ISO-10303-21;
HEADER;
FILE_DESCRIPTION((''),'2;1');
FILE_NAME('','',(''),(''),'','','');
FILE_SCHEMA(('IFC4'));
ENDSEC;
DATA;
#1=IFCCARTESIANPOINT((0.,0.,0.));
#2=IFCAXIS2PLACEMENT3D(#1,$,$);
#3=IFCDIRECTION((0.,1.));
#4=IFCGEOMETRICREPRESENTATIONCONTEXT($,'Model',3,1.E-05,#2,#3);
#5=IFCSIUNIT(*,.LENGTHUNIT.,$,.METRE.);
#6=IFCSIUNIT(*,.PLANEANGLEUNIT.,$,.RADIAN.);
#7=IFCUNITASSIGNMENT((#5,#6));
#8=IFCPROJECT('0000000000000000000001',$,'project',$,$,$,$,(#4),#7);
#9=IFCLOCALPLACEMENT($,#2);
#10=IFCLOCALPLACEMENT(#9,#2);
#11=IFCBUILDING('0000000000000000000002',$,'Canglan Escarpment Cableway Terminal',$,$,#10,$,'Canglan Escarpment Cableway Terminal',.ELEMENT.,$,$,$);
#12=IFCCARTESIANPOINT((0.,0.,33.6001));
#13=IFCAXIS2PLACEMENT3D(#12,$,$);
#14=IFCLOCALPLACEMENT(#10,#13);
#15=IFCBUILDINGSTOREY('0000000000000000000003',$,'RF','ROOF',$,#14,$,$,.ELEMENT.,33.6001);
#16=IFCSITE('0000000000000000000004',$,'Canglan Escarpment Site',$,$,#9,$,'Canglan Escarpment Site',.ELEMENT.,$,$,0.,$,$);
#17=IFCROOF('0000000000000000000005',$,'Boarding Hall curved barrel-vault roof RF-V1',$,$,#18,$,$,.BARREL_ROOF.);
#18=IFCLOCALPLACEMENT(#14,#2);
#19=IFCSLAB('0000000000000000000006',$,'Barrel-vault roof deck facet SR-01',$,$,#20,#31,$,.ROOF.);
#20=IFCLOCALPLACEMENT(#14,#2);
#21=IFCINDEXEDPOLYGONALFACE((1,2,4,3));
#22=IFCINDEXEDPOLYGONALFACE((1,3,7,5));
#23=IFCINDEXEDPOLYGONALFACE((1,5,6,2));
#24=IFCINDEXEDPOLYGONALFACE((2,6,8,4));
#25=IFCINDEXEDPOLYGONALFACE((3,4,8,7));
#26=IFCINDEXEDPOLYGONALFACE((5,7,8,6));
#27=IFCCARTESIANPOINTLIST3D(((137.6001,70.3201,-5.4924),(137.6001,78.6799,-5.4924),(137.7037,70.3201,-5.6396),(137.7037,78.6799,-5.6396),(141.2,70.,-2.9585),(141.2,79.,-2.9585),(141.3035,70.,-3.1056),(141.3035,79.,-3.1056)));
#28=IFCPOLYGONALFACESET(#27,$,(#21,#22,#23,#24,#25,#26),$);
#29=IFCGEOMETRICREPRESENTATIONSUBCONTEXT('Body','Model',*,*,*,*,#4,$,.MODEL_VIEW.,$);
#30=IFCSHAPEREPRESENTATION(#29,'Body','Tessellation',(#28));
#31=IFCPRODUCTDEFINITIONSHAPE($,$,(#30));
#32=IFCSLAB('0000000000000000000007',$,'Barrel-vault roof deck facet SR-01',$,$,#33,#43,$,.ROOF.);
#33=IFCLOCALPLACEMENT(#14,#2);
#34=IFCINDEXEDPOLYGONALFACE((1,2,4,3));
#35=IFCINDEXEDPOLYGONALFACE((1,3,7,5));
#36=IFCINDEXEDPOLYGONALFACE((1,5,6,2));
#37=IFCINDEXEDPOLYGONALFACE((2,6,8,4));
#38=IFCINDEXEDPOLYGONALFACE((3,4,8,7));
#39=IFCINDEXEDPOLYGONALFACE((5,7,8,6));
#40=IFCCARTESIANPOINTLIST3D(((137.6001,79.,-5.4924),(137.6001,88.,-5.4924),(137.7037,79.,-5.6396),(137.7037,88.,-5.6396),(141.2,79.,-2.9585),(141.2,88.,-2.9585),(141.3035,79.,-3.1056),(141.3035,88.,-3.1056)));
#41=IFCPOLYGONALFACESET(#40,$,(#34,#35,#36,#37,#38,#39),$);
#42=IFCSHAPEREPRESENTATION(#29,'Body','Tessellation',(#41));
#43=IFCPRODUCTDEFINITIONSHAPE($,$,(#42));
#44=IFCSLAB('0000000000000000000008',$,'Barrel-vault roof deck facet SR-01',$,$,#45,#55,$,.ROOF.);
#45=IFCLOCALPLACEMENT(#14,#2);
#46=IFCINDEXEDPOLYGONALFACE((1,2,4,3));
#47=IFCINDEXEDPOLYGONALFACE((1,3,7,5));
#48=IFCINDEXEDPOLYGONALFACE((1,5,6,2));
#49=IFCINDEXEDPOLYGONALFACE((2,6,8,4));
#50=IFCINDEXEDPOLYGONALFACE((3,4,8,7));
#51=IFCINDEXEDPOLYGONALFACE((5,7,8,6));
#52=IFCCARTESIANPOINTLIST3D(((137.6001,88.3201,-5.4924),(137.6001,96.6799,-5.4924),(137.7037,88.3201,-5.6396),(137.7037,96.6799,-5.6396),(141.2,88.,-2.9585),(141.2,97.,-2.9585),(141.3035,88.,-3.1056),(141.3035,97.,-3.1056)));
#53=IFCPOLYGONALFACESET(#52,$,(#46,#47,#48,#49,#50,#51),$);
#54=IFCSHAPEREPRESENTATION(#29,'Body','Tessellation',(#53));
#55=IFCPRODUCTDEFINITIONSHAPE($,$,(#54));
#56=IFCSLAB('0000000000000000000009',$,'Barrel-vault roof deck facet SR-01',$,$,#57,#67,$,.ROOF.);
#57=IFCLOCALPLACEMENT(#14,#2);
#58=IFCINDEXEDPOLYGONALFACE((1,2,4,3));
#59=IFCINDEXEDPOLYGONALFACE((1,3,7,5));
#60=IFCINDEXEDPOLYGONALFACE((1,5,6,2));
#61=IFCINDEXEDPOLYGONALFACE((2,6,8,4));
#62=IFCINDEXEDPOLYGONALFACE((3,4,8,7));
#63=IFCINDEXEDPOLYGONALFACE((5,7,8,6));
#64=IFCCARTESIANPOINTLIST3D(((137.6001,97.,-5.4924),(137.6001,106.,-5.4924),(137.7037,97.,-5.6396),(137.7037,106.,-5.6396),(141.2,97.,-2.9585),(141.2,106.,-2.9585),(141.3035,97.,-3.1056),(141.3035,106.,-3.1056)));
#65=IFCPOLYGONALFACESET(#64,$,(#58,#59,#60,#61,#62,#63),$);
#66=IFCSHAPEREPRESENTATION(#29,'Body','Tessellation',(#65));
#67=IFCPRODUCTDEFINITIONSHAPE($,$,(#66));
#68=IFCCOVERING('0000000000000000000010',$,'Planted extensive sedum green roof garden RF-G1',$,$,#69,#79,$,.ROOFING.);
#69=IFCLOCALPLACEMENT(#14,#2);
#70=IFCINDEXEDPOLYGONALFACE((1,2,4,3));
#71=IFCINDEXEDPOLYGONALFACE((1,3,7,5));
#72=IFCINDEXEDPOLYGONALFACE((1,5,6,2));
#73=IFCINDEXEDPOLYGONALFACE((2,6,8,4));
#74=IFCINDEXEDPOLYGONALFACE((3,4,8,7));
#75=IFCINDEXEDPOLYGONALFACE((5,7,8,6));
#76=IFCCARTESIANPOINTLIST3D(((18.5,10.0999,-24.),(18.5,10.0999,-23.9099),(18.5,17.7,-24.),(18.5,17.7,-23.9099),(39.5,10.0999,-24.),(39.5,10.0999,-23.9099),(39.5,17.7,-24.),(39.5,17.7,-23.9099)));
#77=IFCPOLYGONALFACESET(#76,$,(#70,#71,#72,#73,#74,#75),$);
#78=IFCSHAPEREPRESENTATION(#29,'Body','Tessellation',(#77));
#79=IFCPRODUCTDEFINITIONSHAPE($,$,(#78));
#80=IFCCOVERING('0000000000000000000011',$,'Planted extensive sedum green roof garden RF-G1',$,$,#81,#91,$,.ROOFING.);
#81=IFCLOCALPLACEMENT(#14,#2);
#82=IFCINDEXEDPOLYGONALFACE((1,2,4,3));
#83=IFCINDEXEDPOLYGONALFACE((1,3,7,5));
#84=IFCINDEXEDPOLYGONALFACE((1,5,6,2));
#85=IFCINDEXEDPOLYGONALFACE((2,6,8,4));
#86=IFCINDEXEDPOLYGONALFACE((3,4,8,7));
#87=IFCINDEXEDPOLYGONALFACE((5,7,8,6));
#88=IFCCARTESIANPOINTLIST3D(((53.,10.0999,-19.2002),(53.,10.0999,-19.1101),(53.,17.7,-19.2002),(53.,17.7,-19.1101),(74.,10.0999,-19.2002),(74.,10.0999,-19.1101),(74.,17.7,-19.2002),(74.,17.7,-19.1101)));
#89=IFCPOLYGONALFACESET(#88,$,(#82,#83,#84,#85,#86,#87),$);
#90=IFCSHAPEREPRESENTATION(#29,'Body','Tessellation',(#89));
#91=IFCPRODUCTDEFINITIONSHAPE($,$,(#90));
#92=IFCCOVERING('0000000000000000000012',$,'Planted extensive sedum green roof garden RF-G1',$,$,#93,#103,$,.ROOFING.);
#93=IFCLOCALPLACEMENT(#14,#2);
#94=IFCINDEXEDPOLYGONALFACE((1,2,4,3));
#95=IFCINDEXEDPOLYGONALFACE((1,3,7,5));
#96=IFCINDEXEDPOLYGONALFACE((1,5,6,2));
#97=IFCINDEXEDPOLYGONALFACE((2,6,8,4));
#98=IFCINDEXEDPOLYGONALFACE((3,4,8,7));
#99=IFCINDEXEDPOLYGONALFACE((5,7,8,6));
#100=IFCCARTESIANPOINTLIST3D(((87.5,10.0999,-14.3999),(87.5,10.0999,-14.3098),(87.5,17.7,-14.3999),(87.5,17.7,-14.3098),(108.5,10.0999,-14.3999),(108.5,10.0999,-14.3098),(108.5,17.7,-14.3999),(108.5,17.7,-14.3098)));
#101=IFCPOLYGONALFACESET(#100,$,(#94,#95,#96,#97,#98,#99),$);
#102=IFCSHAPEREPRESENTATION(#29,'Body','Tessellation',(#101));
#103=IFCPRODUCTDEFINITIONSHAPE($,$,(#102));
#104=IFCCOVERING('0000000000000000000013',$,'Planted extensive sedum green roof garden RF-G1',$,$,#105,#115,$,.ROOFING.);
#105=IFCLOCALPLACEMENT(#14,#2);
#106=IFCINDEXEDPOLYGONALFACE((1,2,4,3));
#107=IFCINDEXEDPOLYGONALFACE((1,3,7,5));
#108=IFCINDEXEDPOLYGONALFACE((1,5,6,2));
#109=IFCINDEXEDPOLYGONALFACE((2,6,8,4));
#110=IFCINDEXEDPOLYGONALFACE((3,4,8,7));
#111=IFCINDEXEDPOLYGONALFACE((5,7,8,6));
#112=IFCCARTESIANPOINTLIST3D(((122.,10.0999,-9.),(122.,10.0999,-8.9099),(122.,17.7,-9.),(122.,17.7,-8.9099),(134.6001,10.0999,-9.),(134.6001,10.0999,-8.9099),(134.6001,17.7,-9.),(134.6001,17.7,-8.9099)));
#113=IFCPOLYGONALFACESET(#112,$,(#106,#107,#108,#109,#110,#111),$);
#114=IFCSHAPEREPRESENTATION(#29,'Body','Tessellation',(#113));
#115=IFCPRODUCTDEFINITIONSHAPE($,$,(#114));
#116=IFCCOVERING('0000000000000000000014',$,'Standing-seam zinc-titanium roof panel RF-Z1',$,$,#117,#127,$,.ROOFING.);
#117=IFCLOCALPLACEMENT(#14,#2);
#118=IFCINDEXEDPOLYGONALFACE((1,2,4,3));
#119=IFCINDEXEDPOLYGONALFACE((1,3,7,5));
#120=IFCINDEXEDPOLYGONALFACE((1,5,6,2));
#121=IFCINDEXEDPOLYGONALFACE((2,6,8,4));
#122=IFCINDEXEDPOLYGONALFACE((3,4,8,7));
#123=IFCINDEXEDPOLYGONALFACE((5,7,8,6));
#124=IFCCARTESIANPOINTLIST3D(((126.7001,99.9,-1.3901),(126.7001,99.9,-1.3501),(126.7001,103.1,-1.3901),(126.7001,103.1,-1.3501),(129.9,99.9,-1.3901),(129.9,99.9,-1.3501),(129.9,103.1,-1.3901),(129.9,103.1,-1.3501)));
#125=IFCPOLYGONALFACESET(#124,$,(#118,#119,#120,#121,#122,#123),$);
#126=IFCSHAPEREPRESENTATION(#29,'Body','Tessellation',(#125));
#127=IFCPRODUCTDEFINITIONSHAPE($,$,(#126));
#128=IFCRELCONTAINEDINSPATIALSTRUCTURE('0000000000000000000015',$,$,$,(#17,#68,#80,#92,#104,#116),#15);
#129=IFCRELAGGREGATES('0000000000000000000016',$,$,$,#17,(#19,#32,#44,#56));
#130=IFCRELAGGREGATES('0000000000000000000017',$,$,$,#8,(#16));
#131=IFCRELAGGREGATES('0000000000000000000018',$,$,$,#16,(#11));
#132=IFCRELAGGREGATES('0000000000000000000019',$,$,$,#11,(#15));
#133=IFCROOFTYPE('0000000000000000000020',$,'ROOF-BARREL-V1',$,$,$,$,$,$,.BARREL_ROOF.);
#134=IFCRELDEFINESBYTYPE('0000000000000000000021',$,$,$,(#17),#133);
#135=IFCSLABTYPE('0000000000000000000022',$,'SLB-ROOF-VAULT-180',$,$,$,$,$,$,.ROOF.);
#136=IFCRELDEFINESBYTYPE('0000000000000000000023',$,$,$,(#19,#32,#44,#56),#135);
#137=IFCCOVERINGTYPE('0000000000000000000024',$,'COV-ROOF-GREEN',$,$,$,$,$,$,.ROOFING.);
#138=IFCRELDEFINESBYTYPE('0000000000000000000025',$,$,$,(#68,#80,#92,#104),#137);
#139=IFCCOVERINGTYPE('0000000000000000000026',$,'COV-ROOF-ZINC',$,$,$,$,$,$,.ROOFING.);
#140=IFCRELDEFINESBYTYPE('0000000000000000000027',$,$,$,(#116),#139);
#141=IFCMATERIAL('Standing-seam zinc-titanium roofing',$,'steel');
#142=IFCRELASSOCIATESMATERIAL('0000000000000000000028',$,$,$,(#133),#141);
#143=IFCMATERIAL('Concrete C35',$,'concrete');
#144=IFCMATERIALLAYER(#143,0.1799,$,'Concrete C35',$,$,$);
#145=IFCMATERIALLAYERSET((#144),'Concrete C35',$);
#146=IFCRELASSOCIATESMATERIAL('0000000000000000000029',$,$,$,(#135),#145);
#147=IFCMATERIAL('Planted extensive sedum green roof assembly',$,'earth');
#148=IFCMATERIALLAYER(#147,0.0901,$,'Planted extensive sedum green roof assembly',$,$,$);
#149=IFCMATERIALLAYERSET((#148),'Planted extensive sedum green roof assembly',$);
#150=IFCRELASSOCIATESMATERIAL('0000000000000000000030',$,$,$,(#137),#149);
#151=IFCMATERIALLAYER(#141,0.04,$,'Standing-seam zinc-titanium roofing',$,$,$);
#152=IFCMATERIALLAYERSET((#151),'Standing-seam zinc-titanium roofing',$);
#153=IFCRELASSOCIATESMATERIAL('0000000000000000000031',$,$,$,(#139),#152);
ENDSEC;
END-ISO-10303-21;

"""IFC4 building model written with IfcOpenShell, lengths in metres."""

from ifc_helpers import new_model, si_unit, direction, frame, origin, origin_2d, place, context, subcontext, project, spatial, polyline, rectangle, outline, extrude, material, layer, layer_set, type_object, element, aggregate, save


model = new_model("IFC4")

# Units and contexts
model_context = context("Model", 3, precision=1e-05, world=origin(), true_north=direction((0.0, 1.0)))
body_context = subcontext(model_context, "Body", "Model", "MODEL_VIEW")
ifc_project = project(units=[si_unit("LENGTHUNIT", "METRE"), si_unit("PLANEANGLEUNIT", "RADIAN")], contexts=[model_context])

# Site, building, storey
site_placement = place(None, origin())
site = spatial("IfcSite", under=ifc_project, at=site_placement, Name="Canglan Escarpment Site", LongName="Canglan Escarpment Site", CompositionType="ELEMENT", RefElevation=0.0)
building_placement = place(site_placement, origin())
building = spatial("IfcBuilding", under=site, at=building_placement, Name="Canglan Escarpment Cableway Terminal", LongName="Canglan Escarpment Cableway Terminal", CompositionType="ELEMENT")
storey_placement = place(building_placement, frame((0.0, 0.0, 33.6001)))
storey = spatial("IfcBuildingStorey", under=building, at=storey_placement, Name="RF", Description="ROOF", CompositionType="ELEMENT", Elevation=33.6001)

# Shared definitions
ifc_material_1 = material(Name="Standing-seam zinc-titanium roofing", Category="steel")
ifc_material_2 = material(Name="Concrete C35", Category="concrete")

# Shared definitions
ifc_material_3 = material(Name="Planted extensive sedum green roof assembly", Category="earth")

# Roof, slabs
roof_type_1 = type_object("IfcRoofType", Name="ROOF-BARREL-V1", PredefinedType="BARREL_ROOF", material=ifc_material_1)
roof_1_placement = place(storey_placement, origin())
roof_1 = element("IfcRoof", 1, at=roof_1_placement, inside=storey, type_object=roof_type_1, Name="Boarding Hall curved barrel-vault roof RF-V1", PredefinedType="BARREL_ROOF")
ifc_layer_1 = layer(ifc_material_2, 0.1799, Name="Concrete C35")
ifc_layer_set_1 = layer_set([ifc_layer_1], Name="Concrete C35")
slab_type_1 = type_object("IfcSlabType", Name="SLB-ROOF-VAULT-180", PredefinedType="ROOF", material=ifc_layer_set_1)
slab_1_placement = place(storey_placement, frame((137.6001, 70.3201, -5.4924), z_axis=(-0.575601, 0.0, 0.817731), x_axis=(0.815578, -0.072514, 0.574085)))
slab_1 = element("IfcSlab", 2, at=slab_1_placement, type_object=slab_type_1, Name="Barrel-vault roof deck facet SR-01", PredefinedType="ROOF", context=body_context, shape_type="SweptSolid", body=[
    extrude(outline(polyline([(0.0, 0.0), (4.4139, 0.0), (3.7612, 8.9763), (-0.6062, 8.3379), (0.0, 0.0)])), origin(), (0.0, 0.0, -1.0), 0.1799),
])
slab_2_placement = place(storey_placement, frame((137.6001, 79.0, -5.4924), z_axis=(-0.575601, 0.0, 0.817731), x_axis=(0.817731, 0.0, 0.575601)))
slab_2 = element("IfcSlab", 3, at=slab_2_placement, type_object=slab_type_1, Name="Barrel-vault roof deck facet SR-01", PredefinedType="ROOF", context=body_context, shape_type="SweptSolid", body=[
    extrude(outline(polyline([(0.0, 0.0), (4.4022, 0.0), (4.4022, 9.0), (0.0, 9.0), (0.0, 0.0)])), origin(), (0.0, 0.0, -1.0), 0.1799),
])
slab_3_placement = place(storey_placement, frame((137.6001, 88.3201, -5.4924), z_axis=(-0.575601, 0.0, 0.817731), x_axis=(0.815578, -0.072514, 0.574085)))
slab_3 = element("IfcSlab", 4, at=slab_3_placement, type_object=slab_type_1, Name="Barrel-vault roof deck facet SR-01", PredefinedType="ROOF", context=body_context, shape_type="SweptSolid", body=[
    extrude(outline(polyline([(0.0, 0.0), (4.4139, 0.0), (3.7612, 8.9763), (-0.6062, 8.3379), (0.0, 0.0)])), origin(), (0.0, 0.0, -1.0), 0.1799),
])
slab_4_placement = place(storey_placement, frame((137.6001, 97.0, -5.4924), z_axis=(-0.575601, 0.0, 0.817731), x_axis=(0.817731, 0.0, 0.575601)))
slab_4 = element("IfcSlab", 5, at=slab_4_placement, type_object=slab_type_1, Name="Barrel-vault roof deck facet SR-01", PredefinedType="ROOF", context=body_context, shape_type="SweptSolid", body=[
    extrude(outline(polyline([(0.0, 0.0), (4.4022, 0.0), (4.4022, 9.0), (0.0, 9.0), (0.0, 0.0)])), origin(), (0.0, 0.0, -1.0), 0.1799),
])
aggregate(roof_1, [slab_1, slab_2, slab_3, slab_4])

# Coverings
ifc_layer_2 = layer(ifc_material_3, 0.0901, Name="Planted extensive sedum green roof assembly")
ifc_layer_set_2 = layer_set([ifc_layer_2], Name="Planted extensive sedum green roof assembly")
covering_type_1 = type_object("IfcCoveringType", Name="COV-ROOF-GREEN", PredefinedType="ROOFING", material=ifc_layer_set_2)
for number, where, z_axis, x_axis, name in (
    (6, (29.0, 13.8999, -24.0), (0.0, 0.0, 1.0), (1.0, 0.0, 0.0), "Planted extensive sedum green roof garden RF-G1"),
    (7, (63.5, 13.8999, -19.2002), (0.0, 0.0, 1.0), (1.0, 0.0, 0.0), "Planted extensive sedum green roof garden RF-G1"),
    (8, (98.0, 13.8999, -14.3999), (0.0, 0.0, 1.0), (1.0, 0.0, 0.0), "Planted extensive sedum green roof garden RF-G1"),
):
    element("IfcCovering", number, at=place(storey_placement, frame(where, z_axis=z_axis, x_axis=x_axis)), inside=storey, type_object=covering_type_1, Name=name, PredefinedType="ROOFING", context=body_context, shape_type="SweptSolid", body=[
        extrude(rectangle(XDim=21.0, YDim=7.6001, at=origin_2d()), origin(), (0.0, 0.0, 1.0), 0.0901),
    ])
covering_1_placement = place(storey_placement, frame((128.3, 13.8999, -9.0), z_axis=(0.0, 0.0, 1.0), x_axis=(1.0, 0.0, 0.0)))
element("IfcCovering", 9, at=covering_1_placement, inside=storey, type_object=covering_type_1, Name="Planted extensive sedum green roof garden RF-G1", PredefinedType="ROOFING", context=body_context, shape_type="SweptSolid", body=[
    extrude(rectangle(XDim=12.6001, YDim=7.6001, at=origin_2d()), origin(), (0.0, 0.0, 1.0), 0.0901),
])
ifc_layer_3 = layer(ifc_material_1, 0.04, Name="Standing-seam zinc-titanium roofing")
ifc_layer_set_3 = layer_set([ifc_layer_3], Name="Standing-seam zinc-titanium roofing")
covering_type_2 = type_object("IfcCoveringType", Name="COV-ROOF-ZINC", PredefinedType="ROOFING", material=ifc_layer_set_3)
covering_2_placement = place(storey_placement, frame((128.3, 101.5, -1.3901), z_axis=(0.0, 0.0, 1.0), x_axis=(1.0, 0.0, 0.0)))
element("IfcCovering", 10, at=covering_2_placement, inside=storey, type_object=covering_type_2, Name="Standing-seam zinc-titanium roof panel RF-Z1", PredefinedType="ROOFING", context=body_context, shape_type="SweptSolid", body=[
    extrude(rectangle(XDim=3.2, YDim=3.2, at=origin_2d()), origin(), (0.0, 0.0, 1.0), 0.04),
])

save(model, "model.ifc")
